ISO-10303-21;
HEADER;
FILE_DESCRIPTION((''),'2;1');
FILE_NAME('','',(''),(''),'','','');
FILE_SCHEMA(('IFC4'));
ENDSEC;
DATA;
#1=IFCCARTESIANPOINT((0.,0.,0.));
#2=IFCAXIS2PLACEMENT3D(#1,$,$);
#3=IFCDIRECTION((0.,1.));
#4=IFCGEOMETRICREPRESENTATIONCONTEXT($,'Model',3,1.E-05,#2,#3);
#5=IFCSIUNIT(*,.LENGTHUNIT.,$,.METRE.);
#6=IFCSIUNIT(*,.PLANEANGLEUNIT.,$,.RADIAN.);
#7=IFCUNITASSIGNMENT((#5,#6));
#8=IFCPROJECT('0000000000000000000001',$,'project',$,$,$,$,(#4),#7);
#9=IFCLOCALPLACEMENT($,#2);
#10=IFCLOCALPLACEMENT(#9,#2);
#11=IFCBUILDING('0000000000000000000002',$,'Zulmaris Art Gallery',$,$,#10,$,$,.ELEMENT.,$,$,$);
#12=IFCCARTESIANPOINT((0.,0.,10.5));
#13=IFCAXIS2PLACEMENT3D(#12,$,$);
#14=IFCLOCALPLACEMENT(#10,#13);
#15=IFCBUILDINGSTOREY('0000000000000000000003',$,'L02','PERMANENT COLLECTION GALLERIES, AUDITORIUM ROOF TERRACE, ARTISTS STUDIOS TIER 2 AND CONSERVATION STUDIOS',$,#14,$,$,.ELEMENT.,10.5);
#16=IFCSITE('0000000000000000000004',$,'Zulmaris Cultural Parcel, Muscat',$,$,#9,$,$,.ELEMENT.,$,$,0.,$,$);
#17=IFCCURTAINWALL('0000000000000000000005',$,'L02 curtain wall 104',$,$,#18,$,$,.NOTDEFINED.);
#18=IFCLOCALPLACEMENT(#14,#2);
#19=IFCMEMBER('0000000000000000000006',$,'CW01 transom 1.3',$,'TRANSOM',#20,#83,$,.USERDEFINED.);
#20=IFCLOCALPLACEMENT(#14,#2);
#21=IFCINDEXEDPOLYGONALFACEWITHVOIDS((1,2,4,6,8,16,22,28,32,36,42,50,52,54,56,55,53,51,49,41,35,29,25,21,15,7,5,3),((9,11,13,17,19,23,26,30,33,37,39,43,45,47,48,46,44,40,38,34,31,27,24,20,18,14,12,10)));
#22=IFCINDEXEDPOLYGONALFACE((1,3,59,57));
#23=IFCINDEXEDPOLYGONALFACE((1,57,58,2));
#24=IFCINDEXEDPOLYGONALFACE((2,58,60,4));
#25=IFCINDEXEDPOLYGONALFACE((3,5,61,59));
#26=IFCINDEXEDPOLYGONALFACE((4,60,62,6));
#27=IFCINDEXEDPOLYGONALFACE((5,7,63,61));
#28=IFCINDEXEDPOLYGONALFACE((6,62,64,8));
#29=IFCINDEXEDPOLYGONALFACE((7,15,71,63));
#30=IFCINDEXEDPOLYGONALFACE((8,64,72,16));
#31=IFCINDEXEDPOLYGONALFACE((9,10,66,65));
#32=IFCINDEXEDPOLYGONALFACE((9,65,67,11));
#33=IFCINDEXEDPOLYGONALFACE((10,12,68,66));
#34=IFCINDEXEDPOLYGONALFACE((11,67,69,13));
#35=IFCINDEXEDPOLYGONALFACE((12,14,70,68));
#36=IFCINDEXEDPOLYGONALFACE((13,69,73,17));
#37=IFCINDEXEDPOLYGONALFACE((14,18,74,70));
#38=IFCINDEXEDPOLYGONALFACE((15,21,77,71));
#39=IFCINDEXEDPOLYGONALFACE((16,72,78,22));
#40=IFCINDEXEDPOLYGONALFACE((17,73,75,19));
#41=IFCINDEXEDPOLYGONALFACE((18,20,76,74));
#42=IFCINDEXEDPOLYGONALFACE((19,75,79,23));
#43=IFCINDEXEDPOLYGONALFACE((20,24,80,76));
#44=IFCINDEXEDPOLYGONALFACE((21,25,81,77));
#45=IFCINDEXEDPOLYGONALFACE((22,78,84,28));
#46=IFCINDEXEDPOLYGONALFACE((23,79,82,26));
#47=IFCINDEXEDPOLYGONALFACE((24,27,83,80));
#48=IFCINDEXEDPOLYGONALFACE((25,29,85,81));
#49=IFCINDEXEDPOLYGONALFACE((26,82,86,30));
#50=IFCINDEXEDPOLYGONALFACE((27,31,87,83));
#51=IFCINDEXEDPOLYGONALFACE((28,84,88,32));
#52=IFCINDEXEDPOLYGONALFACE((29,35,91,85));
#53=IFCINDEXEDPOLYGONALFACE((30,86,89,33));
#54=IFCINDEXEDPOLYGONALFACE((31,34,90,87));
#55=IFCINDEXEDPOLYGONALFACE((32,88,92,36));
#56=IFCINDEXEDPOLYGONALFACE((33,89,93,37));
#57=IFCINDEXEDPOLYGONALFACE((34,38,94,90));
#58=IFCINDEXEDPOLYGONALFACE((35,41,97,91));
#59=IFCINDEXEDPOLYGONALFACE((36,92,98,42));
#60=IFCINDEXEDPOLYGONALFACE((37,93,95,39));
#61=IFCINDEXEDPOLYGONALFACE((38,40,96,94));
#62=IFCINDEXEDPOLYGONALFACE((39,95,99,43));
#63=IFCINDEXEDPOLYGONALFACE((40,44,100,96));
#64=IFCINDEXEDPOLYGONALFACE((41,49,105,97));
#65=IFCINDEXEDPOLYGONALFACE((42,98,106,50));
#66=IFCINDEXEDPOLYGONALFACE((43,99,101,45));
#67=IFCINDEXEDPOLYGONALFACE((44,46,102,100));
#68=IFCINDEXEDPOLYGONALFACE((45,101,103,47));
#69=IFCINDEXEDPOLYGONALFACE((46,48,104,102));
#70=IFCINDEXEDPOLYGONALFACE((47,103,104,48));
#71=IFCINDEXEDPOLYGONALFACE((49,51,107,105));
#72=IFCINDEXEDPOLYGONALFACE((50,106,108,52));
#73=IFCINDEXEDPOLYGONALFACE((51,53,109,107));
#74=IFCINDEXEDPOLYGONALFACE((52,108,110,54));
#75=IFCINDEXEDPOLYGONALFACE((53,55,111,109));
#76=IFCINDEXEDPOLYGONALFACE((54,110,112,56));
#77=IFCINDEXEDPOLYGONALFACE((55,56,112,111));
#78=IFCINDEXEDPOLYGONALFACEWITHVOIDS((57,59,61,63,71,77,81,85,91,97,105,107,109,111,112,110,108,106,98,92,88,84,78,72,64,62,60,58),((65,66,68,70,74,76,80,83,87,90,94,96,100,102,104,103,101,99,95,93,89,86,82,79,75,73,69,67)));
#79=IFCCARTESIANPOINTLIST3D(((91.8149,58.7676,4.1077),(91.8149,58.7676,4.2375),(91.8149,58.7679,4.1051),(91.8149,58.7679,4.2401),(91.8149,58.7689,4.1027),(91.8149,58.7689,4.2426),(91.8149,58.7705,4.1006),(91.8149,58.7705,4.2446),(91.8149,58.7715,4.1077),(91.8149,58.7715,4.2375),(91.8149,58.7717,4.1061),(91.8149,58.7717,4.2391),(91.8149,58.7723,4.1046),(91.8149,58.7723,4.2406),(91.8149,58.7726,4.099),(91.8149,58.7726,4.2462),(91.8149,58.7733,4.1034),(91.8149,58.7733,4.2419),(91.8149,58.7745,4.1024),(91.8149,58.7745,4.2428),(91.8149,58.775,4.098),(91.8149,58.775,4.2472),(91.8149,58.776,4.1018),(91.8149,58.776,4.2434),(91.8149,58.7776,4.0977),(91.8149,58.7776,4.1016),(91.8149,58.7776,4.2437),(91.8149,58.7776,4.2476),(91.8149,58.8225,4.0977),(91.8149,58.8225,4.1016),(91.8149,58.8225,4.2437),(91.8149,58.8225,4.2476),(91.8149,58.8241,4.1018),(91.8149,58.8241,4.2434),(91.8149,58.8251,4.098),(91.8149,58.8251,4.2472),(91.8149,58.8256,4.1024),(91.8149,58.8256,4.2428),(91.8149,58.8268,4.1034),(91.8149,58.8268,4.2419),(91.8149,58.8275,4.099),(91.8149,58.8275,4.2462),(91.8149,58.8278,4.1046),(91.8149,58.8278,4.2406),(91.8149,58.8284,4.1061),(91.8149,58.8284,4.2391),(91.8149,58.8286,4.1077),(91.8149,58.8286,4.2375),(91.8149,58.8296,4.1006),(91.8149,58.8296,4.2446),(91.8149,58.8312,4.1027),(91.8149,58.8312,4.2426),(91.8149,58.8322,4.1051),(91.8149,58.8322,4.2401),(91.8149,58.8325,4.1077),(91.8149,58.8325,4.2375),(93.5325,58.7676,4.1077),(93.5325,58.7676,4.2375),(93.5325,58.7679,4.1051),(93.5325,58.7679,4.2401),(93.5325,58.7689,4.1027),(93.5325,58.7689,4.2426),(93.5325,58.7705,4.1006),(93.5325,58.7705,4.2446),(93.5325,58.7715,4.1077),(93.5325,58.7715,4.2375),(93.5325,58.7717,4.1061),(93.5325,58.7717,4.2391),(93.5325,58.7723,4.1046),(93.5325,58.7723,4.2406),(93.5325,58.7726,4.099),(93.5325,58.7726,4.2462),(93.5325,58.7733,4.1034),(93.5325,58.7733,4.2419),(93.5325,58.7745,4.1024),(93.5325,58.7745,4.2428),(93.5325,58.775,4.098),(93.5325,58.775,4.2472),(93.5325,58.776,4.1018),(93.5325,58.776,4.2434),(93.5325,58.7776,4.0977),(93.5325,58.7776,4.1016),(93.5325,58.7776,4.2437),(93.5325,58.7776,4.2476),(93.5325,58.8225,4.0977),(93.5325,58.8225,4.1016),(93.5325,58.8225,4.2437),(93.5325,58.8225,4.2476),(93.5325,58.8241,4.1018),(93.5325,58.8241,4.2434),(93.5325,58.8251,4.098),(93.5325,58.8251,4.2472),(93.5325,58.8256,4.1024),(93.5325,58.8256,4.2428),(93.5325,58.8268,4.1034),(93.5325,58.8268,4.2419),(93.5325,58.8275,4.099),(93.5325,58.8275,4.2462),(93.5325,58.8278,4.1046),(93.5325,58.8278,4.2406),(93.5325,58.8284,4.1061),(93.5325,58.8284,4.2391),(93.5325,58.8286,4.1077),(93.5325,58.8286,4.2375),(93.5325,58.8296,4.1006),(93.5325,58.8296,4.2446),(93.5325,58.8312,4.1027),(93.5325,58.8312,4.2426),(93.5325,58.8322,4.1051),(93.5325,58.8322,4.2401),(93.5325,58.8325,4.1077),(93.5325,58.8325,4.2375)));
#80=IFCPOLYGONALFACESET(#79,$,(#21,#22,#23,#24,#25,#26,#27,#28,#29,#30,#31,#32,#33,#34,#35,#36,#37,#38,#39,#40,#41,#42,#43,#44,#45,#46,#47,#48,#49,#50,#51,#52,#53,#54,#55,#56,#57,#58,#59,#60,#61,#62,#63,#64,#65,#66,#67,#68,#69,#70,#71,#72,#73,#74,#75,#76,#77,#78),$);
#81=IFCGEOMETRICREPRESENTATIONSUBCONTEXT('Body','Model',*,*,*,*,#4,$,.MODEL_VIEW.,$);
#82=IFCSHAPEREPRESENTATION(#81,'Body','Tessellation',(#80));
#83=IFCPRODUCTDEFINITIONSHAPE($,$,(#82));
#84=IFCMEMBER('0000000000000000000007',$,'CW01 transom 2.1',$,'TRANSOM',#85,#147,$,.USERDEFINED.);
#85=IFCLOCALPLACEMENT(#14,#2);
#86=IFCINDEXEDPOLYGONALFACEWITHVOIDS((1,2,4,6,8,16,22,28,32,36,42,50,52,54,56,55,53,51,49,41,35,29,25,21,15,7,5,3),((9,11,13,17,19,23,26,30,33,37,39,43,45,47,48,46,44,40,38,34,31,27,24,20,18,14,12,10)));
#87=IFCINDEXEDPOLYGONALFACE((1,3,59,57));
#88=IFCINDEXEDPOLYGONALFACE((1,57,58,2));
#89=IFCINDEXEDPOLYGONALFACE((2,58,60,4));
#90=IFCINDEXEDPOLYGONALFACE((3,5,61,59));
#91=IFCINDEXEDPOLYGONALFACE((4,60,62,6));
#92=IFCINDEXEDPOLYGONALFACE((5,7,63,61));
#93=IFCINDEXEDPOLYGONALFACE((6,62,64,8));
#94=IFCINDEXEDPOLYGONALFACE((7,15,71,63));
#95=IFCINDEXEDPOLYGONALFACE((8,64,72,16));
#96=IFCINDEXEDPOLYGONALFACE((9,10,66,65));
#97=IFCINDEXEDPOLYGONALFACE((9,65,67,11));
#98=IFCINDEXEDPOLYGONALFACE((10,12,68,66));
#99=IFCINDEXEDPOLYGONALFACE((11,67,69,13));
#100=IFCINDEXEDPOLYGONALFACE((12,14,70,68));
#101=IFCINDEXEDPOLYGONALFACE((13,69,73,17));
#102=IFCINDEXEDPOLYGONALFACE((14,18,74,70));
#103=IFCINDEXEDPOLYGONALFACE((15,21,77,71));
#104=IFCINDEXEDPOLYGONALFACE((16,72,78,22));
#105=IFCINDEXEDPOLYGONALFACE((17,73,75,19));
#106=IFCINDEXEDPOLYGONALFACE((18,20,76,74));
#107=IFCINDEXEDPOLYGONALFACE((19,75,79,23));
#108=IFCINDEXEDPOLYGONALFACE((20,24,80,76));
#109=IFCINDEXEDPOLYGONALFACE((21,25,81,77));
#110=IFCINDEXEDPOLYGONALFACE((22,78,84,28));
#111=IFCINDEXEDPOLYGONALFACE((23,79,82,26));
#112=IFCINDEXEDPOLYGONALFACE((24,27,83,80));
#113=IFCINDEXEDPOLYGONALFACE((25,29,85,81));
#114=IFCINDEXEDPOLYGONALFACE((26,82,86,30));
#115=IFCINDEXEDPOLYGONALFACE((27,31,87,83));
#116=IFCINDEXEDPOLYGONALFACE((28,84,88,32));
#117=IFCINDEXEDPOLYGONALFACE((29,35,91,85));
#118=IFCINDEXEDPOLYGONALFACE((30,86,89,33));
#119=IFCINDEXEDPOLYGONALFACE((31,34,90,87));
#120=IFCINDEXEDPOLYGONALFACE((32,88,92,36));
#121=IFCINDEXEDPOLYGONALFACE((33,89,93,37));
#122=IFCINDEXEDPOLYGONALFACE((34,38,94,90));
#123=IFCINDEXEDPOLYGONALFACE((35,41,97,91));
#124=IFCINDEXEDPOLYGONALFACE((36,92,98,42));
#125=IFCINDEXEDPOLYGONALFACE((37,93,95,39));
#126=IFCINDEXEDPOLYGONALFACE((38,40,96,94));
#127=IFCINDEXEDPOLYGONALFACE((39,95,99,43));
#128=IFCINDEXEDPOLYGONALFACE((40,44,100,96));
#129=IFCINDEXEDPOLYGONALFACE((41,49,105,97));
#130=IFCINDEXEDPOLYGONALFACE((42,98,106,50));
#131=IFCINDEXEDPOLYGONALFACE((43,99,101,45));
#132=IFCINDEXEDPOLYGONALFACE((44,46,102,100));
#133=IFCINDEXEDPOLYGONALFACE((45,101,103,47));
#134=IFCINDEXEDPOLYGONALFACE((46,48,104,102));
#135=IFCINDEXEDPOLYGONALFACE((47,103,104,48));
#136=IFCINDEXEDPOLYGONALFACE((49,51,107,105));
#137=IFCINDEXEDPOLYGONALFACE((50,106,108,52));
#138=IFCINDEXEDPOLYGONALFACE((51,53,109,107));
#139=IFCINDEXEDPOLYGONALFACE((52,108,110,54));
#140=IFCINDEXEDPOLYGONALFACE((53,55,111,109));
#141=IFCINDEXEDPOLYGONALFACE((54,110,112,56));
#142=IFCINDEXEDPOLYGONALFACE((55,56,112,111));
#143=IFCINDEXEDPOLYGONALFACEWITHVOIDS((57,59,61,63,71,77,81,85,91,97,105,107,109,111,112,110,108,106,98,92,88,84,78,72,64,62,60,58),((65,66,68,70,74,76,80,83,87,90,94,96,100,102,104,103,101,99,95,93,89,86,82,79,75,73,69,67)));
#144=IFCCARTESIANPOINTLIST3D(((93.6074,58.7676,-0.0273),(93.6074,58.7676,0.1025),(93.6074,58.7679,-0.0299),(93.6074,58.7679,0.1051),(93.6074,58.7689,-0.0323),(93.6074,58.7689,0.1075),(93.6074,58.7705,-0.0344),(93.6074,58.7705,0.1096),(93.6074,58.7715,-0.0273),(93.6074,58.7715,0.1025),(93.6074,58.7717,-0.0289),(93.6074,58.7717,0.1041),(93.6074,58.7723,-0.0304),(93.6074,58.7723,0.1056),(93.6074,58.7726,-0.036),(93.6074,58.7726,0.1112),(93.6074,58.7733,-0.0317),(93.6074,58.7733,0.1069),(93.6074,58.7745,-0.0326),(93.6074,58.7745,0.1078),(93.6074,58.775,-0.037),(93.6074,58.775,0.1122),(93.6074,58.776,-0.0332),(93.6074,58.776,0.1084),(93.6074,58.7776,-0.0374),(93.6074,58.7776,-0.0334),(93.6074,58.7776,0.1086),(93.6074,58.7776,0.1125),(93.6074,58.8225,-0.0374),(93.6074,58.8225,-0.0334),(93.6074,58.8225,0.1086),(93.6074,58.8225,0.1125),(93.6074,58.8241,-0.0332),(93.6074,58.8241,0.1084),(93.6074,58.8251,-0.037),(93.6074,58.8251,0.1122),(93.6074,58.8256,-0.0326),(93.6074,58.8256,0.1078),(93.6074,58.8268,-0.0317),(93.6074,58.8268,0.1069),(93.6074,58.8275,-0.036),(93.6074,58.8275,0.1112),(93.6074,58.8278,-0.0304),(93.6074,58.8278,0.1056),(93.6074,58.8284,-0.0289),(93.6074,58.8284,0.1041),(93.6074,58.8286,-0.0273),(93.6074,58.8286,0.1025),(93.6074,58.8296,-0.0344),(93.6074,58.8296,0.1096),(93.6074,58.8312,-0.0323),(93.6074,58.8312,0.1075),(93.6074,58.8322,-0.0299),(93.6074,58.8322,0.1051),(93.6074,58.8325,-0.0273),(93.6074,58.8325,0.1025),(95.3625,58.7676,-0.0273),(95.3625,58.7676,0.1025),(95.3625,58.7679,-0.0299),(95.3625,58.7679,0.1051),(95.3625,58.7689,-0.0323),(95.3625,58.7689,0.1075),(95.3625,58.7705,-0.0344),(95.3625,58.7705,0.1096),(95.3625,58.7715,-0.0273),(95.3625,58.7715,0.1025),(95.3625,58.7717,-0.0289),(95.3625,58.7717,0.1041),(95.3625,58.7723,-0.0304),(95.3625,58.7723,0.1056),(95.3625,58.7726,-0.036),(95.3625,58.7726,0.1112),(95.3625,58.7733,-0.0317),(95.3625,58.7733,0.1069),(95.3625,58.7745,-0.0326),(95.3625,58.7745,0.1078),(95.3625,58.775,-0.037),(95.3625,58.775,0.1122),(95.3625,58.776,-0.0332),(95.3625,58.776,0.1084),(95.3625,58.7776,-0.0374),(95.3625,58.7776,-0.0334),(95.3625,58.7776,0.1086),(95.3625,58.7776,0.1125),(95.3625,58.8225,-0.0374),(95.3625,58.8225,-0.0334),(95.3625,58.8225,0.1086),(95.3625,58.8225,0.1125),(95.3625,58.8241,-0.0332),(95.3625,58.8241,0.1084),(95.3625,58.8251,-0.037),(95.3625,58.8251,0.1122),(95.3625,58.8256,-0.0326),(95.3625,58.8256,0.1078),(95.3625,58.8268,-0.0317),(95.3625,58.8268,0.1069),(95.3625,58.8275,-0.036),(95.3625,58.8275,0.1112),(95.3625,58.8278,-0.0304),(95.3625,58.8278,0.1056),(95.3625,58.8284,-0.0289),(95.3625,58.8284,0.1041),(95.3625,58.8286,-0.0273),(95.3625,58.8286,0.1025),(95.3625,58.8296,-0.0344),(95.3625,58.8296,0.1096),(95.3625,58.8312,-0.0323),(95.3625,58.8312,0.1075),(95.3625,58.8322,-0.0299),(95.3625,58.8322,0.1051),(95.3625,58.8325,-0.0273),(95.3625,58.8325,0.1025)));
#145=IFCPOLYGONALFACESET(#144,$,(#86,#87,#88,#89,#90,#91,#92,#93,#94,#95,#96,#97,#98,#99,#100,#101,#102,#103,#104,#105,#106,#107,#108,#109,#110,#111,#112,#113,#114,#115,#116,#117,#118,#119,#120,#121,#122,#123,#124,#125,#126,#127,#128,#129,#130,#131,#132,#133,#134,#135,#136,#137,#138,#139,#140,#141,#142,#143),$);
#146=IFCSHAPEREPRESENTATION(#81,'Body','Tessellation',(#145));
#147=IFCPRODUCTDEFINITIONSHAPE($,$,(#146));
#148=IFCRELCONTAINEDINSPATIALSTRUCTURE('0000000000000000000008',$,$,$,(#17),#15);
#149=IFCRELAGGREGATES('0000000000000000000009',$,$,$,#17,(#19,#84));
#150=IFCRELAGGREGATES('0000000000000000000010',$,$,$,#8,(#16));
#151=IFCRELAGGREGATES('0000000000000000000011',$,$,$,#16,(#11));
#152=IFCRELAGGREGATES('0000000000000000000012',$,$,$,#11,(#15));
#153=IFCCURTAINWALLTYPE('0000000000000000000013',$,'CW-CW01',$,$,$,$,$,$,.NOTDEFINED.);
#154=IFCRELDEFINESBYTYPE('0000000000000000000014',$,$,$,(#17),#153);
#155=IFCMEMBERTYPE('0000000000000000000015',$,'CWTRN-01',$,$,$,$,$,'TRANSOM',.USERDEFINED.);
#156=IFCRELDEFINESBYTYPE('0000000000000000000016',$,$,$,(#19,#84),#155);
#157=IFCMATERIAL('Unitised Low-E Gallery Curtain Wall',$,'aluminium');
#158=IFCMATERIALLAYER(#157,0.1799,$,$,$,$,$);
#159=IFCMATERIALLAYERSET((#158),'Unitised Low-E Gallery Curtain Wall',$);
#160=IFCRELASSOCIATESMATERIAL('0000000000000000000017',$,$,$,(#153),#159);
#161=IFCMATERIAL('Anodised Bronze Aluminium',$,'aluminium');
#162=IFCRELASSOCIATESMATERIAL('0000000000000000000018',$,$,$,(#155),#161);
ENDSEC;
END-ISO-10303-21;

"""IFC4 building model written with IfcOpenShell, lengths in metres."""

from ifc_helpers import new_model, si_unit, direction, frame, origin, origin_2d, place, context, subcontext, project, spatial, hollow_rectangle, extrude, material, layer, layer_set, material_profile, profile_set, type_object, element, aggregate, save


model = new_model("IFC4")

# Units and contexts
model_context = context("Model", 3, precision=1e-05, world=origin(), true_north=direction((0.0, 1.0)))
body_context = subcontext(model_context, "Body", "Model", "MODEL_VIEW")
ifc_project = project(units=[si_unit("LENGTHUNIT", "METRE"), si_unit("PLANEANGLEUNIT", "RADIAN")], contexts=[model_context])

# Site, building, storey
site_placement = place(None, origin())
site = spatial("IfcSite", under=ifc_project, at=site_placement, Name="Zulmaris Cultural Parcel, Muscat", CompositionType="ELEMENT", RefElevation=0.0)
building_placement = place(site_placement, origin())
building = spatial("IfcBuilding", under=site, at=building_placement, Name="Zulmaris Art Gallery", CompositionType="ELEMENT")
storey_placement = place(building_placement, frame((0.0, 0.0, 10.5)))
storey = spatial("IfcBuildingStorey", under=building, at=storey_placement, Name="L02", Description="PERMANENT COLLECTION GALLERIES, AUDITORIUM ROOF TERRACE, ARTISTS STUDIOS TIER 2 AND CONSERVATION STUDIOS", CompositionType="ELEMENT", Elevation=10.5)

# Shared definitions
ifc_material_1 = material(Name="Anodised Bronze Aluminium", Category="aluminium")

# Curtain wall
ifc_material_2 = material(Name="Unitised Low-E Gallery Curtain Wall", Category="aluminium")
ifc_layer_1 = layer(ifc_material_2, 0.1799)
ifc_layer_set_1 = layer_set([ifc_layer_1], Name="Unitised Low-E Gallery Curtain Wall")
curtain_wall_type_1 = type_object("IfcCurtainWallType", Name="CW-CW01", PredefinedType="NOTDEFINED", material=ifc_layer_set_1)
curtain_wall_1_placement = place(storey_placement, origin())
curtain_wall_1 = element("IfcCurtainWall", 1, at=curtain_wall_1_placement, inside=storey, type_object=curtain_wall_type_1, Name="L02 curtain wall 104", PredefinedType="NOTDEFINED")

# Members
ifc_material_profile_1 = material_profile(ifc_material_1, hollow_rectangle(XDim=0.0649, YDim=0.1499, WallThickness=0.0039, InnerFilletRadius=0.0061, OuterFilletRadius=0.01, at=origin_2d()), Name="ALU 65x150x4")
ifc_profile_set_1 = profile_set([ifc_material_profile_1], Name="Anodised Bronze Aluminium")
member_type_1 = type_object("IfcMemberType", Name="CWTRN-01", ElementType="TRANSOM", PredefinedType="USERDEFINED", material=ifc_profile_set_1)
member_1_placement = place(storey_placement, frame((91.8149, 58.8, 4.1726), z_axis=(1.0, 0.0, 0.0), x_axis=(0.0, 1.0, 0.0)))
member_1 = element("IfcMember", 2, at=member_1_placement, type_object=member_type_1, Name="CW01 transom 1.3", ObjectType="TRANSOM", PredefinedType="USERDEFINED", context=body_context, shape_type="SweptSolid", body=[
    extrude(hollow_rectangle(XDim=0.0649, YDim=0.1499, WallThickness=0.0039, InnerFilletRadius=0.0061, OuterFilletRadius=0.01, at=origin_2d()), origin(), (0.0, 0.0, 1.0), 1.7175),
])
member_2_placement = place(storey_placement, frame((93.6074, 58.8, 0.0376), z_axis=(1.0, 0.0, 0.0), x_axis=(0.0, 1.0, 0.0)))
member_2 = element("IfcMember", 3, at=member_2_placement, type_object=member_type_1, Name="CW01 transom 2.1", ObjectType="TRANSOM", PredefinedType="USERDEFINED", context=body_context, shape_type="SweptSolid", body=[
    extrude(hollow_rectangle(XDim=0.0649, YDim=0.1499, WallThickness=0.0039, InnerFilletRadius=0.0061, OuterFilletRadius=0.01, at=origin_2d()), origin(), (0.0, 0.0, 1.0), 1.7551),
])

aggregate(curtain_wall_1, [member_1, member_2])

save(model, "model.ifc")
